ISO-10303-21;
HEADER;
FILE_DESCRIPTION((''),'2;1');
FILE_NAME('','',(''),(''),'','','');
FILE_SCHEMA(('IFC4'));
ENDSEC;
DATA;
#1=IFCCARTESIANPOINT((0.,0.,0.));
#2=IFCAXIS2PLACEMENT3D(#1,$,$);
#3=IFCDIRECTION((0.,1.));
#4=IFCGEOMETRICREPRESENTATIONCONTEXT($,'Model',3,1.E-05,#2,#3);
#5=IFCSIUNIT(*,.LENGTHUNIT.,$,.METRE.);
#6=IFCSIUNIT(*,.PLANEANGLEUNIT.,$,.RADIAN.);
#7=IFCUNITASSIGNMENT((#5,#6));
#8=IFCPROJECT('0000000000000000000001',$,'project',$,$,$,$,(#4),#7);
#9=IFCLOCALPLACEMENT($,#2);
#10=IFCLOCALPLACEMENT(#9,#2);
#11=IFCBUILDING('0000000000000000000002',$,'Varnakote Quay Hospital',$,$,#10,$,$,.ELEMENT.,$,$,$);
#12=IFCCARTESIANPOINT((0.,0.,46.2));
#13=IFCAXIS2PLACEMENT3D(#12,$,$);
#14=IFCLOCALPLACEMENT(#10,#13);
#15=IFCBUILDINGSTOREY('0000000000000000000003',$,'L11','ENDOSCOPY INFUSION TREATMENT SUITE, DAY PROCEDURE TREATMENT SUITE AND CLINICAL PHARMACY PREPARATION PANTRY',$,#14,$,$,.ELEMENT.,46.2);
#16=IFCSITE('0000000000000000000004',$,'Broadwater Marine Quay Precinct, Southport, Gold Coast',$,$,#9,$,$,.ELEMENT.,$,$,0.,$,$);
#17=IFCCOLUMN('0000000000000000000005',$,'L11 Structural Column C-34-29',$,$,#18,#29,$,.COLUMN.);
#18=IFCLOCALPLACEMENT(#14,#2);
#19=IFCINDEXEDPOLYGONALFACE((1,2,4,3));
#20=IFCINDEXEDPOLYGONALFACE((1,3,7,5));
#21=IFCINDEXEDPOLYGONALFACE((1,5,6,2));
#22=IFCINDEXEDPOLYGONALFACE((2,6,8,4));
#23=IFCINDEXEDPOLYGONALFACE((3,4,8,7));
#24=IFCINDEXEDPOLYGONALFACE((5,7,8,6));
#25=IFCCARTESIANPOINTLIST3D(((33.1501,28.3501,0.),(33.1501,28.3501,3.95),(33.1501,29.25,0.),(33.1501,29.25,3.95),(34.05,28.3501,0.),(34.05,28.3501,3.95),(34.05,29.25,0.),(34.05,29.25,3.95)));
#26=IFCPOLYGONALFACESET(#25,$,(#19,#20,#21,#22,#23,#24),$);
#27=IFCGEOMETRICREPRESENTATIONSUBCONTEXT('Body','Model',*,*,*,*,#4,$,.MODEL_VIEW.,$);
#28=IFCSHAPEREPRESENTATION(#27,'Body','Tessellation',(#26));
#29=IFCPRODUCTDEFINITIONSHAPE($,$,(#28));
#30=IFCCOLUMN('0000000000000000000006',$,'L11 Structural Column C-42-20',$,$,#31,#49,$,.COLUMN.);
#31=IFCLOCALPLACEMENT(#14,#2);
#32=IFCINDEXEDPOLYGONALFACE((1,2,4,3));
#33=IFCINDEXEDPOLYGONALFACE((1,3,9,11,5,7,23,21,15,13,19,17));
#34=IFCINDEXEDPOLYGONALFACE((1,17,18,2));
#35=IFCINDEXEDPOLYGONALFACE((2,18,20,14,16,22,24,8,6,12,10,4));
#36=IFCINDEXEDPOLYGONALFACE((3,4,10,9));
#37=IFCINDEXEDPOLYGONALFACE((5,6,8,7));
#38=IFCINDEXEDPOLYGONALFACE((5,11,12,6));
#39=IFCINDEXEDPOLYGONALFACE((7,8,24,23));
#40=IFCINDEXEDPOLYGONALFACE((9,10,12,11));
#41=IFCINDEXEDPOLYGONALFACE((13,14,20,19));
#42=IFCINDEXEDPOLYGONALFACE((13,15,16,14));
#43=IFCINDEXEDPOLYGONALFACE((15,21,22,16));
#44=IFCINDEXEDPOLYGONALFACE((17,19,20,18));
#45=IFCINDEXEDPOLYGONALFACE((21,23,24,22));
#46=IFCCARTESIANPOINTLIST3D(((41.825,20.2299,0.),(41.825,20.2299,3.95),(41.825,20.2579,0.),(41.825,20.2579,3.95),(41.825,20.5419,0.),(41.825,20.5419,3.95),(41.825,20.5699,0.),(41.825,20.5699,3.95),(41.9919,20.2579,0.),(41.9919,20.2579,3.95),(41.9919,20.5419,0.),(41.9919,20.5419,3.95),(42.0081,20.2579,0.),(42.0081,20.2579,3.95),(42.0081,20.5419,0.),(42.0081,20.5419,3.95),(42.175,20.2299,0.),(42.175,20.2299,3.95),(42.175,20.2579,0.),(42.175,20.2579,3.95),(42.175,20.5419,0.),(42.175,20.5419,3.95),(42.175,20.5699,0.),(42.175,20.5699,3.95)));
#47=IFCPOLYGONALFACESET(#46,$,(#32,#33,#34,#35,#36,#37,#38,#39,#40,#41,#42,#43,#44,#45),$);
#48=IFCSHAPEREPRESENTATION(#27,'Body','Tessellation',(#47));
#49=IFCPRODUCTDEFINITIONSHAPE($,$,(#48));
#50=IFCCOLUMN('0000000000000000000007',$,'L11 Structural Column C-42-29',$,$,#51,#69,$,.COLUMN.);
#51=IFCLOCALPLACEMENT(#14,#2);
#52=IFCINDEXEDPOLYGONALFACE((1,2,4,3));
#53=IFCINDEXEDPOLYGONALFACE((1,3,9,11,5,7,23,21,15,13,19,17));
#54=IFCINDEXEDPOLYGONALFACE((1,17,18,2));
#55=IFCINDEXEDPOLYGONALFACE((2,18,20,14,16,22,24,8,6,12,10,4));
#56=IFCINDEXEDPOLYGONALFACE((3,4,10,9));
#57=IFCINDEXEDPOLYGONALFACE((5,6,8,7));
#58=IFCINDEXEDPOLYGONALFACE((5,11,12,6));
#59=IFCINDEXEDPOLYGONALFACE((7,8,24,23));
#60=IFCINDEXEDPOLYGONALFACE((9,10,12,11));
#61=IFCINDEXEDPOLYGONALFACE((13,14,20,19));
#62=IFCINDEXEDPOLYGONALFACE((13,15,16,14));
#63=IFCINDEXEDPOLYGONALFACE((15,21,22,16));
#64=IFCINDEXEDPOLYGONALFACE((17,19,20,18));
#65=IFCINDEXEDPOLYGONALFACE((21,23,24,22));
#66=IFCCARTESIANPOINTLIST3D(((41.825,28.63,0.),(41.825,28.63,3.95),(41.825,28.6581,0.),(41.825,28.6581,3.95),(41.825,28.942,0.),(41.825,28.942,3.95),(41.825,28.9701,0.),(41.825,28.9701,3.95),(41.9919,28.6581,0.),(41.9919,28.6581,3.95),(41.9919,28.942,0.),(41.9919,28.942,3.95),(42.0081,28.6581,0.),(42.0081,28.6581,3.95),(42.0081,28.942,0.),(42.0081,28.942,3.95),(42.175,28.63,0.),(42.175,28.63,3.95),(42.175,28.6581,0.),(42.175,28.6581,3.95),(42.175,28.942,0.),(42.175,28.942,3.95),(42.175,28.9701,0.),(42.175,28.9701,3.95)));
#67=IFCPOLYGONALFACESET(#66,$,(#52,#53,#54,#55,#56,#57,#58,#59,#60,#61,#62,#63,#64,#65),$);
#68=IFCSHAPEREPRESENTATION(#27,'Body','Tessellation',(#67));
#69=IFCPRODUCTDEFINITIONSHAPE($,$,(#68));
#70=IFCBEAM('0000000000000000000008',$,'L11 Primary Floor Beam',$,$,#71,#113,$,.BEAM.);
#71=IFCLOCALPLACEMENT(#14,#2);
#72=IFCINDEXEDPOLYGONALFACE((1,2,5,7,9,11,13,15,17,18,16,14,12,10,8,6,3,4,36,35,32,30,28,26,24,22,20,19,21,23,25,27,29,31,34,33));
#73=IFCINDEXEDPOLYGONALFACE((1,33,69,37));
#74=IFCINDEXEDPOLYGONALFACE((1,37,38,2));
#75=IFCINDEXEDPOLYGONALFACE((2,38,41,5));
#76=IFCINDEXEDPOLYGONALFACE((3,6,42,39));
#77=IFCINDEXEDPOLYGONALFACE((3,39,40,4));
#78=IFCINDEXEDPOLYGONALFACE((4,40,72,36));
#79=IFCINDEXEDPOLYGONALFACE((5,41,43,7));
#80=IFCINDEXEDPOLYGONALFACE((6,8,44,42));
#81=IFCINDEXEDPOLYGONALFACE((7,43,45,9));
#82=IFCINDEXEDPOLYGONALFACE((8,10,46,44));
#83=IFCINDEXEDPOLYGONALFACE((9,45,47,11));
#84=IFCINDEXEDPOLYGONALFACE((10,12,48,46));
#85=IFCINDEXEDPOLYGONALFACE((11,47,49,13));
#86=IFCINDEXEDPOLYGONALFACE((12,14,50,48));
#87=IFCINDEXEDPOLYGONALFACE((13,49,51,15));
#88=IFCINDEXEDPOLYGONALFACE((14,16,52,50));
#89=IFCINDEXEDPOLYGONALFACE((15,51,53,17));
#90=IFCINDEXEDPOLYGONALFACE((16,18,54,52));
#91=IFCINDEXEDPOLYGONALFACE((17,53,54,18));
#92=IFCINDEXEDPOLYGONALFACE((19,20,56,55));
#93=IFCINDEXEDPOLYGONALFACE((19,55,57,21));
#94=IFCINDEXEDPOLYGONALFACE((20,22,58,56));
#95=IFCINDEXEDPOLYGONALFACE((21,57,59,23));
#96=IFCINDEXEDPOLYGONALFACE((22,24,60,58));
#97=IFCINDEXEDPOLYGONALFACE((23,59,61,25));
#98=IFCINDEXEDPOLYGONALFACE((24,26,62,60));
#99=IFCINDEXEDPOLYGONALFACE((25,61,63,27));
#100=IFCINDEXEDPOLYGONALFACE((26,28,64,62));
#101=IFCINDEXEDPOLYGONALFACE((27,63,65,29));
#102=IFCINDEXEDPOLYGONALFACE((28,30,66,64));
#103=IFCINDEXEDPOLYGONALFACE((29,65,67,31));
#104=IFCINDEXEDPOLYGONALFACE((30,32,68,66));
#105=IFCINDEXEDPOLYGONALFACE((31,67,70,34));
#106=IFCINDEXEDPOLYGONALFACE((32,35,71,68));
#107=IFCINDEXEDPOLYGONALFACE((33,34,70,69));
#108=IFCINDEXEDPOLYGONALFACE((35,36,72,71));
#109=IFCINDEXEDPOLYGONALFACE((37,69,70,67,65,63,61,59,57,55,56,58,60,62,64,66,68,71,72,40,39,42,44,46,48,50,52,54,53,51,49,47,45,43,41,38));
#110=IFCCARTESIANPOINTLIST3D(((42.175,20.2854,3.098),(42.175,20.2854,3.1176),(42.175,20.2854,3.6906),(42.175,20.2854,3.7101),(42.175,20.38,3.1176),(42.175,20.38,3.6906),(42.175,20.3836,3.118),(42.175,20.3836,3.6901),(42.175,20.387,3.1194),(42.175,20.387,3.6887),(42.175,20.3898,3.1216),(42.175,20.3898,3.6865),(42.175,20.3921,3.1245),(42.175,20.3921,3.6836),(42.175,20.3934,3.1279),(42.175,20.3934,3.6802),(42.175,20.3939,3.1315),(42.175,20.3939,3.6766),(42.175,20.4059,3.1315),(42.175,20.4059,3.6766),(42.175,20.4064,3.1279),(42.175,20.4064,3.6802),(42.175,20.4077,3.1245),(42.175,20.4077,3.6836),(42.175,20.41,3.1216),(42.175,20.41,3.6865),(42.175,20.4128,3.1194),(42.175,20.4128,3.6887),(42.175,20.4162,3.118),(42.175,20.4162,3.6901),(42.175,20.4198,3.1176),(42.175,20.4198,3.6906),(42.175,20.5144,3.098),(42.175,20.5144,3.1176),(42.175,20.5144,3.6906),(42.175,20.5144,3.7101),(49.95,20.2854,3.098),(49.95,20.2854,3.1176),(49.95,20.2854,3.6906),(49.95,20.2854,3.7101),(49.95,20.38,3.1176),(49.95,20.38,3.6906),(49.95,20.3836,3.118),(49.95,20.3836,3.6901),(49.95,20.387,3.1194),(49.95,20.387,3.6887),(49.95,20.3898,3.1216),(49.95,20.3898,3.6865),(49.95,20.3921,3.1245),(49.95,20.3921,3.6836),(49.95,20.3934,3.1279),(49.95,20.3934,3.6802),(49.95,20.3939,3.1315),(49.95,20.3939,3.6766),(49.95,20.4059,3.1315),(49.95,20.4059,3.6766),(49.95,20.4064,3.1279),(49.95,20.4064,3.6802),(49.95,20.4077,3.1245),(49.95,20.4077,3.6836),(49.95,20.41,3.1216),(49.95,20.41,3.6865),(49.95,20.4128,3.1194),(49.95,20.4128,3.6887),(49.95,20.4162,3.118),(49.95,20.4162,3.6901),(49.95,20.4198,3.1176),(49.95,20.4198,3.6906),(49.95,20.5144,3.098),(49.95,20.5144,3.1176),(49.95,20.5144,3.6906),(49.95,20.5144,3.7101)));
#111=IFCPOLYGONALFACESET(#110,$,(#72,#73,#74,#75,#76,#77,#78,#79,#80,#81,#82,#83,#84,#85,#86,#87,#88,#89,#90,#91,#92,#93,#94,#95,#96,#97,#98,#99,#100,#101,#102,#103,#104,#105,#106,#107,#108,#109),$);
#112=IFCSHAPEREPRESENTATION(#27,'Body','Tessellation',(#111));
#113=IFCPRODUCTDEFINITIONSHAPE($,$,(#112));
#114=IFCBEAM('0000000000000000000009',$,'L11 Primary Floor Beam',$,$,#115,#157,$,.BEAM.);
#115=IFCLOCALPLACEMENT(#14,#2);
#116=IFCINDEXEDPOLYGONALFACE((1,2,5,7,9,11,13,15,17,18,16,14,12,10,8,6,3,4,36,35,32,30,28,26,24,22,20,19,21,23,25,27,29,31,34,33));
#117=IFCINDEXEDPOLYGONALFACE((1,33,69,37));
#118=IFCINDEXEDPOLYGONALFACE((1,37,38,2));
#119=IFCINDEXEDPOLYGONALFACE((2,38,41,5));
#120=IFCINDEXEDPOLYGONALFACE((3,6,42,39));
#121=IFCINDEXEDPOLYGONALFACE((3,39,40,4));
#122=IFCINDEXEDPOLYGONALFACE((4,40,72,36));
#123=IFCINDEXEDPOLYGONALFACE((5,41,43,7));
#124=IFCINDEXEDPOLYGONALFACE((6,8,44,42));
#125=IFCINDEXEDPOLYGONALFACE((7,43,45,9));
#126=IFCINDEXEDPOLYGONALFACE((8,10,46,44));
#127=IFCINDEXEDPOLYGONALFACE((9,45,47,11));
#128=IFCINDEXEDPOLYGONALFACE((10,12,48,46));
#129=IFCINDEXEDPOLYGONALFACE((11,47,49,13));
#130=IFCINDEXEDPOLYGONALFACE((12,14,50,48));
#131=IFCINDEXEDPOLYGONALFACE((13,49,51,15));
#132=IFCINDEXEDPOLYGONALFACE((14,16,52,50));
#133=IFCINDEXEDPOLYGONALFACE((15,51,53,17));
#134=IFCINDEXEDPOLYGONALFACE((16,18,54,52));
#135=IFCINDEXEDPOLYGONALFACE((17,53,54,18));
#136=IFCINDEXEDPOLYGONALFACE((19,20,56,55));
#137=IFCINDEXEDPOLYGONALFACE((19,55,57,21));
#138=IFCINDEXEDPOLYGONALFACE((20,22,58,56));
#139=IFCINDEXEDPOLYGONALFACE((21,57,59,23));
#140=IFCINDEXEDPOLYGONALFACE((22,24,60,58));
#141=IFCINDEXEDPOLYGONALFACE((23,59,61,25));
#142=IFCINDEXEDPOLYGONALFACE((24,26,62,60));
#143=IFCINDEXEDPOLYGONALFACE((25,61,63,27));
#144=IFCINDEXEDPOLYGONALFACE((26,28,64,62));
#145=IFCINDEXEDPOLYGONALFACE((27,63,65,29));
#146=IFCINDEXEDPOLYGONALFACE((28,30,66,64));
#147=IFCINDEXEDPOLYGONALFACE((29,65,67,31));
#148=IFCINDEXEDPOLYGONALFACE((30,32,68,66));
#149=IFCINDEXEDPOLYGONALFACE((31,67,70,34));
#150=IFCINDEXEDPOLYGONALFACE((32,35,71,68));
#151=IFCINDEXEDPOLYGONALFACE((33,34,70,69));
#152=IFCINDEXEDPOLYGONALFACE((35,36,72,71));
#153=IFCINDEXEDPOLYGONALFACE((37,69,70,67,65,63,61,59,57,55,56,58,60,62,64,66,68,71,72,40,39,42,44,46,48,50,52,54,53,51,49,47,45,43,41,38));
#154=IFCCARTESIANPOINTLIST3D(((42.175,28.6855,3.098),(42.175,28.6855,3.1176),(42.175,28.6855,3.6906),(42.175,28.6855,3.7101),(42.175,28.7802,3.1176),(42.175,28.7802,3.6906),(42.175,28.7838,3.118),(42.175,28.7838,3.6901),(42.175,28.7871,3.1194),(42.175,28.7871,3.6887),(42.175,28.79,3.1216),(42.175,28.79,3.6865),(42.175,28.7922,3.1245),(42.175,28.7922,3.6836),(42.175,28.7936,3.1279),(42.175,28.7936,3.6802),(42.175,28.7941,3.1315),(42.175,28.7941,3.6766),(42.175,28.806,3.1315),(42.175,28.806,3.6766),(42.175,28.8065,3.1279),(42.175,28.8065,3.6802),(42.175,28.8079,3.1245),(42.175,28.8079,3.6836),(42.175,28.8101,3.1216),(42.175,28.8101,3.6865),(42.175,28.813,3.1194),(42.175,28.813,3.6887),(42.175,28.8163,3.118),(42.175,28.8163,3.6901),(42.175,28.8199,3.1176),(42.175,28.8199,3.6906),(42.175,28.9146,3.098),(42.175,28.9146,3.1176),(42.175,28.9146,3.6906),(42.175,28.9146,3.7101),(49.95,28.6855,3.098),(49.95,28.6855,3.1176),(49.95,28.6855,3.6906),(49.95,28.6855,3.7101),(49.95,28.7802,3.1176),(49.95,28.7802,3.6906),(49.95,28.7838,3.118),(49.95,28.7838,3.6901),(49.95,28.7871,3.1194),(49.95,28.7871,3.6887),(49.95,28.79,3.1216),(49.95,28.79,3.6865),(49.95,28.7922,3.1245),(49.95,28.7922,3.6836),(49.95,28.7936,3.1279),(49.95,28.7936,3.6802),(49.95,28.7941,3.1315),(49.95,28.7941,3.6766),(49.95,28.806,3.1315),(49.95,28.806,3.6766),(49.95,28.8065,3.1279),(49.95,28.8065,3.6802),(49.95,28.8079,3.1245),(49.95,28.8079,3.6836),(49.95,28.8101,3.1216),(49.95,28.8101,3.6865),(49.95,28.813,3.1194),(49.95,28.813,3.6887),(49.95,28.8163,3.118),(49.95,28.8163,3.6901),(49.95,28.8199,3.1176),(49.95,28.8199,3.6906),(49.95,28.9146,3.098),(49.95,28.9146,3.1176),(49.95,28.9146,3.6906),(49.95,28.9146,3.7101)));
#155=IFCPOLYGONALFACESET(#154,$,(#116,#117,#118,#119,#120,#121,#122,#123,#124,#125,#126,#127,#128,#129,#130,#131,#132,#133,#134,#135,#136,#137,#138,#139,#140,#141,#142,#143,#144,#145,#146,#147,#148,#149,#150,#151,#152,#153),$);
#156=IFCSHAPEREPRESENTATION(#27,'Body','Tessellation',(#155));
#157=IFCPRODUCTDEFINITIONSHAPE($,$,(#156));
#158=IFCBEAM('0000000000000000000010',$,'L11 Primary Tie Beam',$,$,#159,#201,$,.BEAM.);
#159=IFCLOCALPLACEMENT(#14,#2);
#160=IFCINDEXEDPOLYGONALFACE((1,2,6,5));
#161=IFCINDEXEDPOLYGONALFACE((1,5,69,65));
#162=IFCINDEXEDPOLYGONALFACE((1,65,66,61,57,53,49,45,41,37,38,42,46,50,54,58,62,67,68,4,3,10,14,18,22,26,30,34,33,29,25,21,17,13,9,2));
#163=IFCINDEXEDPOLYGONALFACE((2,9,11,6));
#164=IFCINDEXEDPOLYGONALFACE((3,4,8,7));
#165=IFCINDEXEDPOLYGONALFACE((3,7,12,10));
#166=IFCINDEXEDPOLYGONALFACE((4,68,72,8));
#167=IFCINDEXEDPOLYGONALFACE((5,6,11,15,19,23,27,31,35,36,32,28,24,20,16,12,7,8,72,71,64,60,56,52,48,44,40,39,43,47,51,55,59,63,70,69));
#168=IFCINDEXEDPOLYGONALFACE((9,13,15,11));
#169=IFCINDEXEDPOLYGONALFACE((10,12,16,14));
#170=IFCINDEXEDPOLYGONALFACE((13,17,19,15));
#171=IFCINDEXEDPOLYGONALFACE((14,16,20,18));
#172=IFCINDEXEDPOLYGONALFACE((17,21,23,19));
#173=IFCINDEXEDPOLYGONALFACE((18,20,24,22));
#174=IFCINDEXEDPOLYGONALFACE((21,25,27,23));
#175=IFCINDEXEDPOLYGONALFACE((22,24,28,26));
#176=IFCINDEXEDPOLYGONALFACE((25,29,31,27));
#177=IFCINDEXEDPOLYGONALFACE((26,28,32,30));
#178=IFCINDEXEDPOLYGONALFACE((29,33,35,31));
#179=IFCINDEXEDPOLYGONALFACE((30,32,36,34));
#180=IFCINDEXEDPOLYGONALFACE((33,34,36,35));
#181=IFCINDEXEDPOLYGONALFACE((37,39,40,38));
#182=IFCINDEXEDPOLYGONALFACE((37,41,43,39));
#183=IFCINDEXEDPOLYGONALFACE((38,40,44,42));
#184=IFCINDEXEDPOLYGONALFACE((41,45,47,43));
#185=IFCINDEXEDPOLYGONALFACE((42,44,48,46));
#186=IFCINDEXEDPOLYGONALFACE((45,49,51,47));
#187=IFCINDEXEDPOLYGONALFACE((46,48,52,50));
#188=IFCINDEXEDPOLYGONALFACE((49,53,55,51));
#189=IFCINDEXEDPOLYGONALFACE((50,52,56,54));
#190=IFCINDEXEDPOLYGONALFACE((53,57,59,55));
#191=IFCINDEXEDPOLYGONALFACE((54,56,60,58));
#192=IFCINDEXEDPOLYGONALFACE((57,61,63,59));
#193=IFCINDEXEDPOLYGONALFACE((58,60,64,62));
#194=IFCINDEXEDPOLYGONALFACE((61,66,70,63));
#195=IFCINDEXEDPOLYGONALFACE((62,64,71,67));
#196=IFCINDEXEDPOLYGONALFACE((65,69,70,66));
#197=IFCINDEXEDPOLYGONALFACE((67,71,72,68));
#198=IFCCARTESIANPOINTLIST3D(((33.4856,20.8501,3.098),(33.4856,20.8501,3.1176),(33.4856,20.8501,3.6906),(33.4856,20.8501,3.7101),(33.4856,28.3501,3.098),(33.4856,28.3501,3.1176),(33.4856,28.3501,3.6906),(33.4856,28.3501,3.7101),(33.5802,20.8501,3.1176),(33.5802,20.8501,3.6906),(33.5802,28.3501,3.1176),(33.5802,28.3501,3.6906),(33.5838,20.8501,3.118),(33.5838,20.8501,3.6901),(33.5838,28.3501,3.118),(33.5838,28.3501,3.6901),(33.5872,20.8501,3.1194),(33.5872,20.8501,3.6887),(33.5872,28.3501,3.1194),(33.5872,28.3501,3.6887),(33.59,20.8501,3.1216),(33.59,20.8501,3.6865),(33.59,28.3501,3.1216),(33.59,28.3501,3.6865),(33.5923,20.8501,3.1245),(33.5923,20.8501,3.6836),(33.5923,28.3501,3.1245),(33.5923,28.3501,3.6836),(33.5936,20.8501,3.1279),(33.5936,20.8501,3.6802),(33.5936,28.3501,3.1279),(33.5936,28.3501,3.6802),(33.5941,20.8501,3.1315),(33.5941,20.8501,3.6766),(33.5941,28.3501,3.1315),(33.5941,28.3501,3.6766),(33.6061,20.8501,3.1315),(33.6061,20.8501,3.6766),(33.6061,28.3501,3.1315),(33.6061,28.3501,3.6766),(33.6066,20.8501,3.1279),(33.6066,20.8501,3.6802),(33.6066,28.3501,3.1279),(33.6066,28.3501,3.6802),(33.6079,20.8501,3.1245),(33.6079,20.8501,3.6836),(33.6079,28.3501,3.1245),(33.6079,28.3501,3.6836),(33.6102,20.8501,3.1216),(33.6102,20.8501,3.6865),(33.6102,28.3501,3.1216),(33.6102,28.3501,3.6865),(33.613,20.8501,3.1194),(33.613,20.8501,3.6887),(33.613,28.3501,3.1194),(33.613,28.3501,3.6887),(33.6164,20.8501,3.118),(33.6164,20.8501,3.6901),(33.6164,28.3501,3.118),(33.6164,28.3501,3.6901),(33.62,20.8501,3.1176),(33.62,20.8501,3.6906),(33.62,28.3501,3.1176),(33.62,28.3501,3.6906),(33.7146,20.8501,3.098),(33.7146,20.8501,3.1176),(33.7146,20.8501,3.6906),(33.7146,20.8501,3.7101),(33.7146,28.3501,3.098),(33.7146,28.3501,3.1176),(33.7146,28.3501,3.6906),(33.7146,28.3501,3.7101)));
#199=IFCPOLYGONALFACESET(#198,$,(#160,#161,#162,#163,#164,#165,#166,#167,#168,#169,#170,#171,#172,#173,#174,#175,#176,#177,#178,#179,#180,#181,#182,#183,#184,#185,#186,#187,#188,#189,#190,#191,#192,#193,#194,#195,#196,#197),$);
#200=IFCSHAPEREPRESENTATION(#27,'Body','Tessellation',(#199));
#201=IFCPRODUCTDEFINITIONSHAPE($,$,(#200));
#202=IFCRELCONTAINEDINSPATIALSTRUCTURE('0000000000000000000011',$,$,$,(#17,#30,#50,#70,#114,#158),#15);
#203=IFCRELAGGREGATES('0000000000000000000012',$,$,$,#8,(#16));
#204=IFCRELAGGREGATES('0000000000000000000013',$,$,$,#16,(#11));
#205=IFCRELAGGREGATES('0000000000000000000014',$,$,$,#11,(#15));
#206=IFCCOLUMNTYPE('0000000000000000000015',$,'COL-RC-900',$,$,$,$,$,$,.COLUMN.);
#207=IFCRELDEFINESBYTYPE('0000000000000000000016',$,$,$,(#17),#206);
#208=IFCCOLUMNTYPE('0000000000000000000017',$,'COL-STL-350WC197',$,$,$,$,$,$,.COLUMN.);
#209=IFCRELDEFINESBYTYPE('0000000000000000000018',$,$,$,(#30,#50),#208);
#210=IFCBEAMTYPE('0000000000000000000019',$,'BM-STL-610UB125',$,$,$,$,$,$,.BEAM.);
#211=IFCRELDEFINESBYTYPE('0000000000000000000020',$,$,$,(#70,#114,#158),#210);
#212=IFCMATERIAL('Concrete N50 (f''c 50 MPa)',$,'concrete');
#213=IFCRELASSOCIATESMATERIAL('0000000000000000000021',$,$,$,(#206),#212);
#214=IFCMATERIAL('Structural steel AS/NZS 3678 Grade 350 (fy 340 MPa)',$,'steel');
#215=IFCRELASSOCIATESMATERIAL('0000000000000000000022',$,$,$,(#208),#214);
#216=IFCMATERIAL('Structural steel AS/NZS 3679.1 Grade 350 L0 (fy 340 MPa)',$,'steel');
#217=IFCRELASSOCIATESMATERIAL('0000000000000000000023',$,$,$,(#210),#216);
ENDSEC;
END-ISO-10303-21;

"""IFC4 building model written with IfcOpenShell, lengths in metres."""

from ifc_helpers import new_model, si_unit, direction, frame, origin, origin_2d, place, context, subcontext, project, spatial, rectangle, i_section, extrude, material, material_profile, profile_set, type_object, element, save


model = new_model("IFC4")

# Units and contexts
model_context = context("Model", 3, precision=1e-05, world=origin(), true_north=direction((0.0, 1.0)))
body_context = subcontext(model_context, "Body", "Model", "MODEL_VIEW")
ifc_project = project(units=[si_unit("LENGTHUNIT", "METRE"), si_unit("PLANEANGLEUNIT", "RADIAN")], contexts=[model_context])

# Site, building, storey
site_placement = place(None, origin())
site = spatial("IfcSite", under=ifc_project, at=site_placement, Name="Broadwater Marine Quay Precinct, Southport, Gold Coast", CompositionType="ELEMENT", RefElevation=0.0)
building_placement = place(site_placement, origin())
building = spatial("IfcBuilding", under=site, at=building_placement, Name="Varnakote Quay Hospital", CompositionType="ELEMENT")
storey_placement = place(building_placement, frame((0.0, 0.0, 46.2)))
storey = spatial("IfcBuildingStorey", under=building, at=storey_placement, Name="L11", Description="ENDOSCOPY INFUSION TREATMENT SUITE, DAY PROCEDURE TREATMENT SUITE AND CLINICAL PHARMACY PREPARATION PANTRY", CompositionType="ELEMENT", Elevation=46.2)

# Columns
ifc_material_1 = material(Name="Concrete N50 (f'c 50 MPa)", Category="concrete")
ifc_material_profile_1 = material_profile(ifc_material_1, rectangle(XDim=0.8999, YDim=0.8999, at=origin_2d()), Name="RC-COL-900x900")
ifc_profile_set_1 = profile_set([ifc_material_profile_1], Name="Concrete N50 (f'c 50 MPa)")
column_type_1 = type_object("IfcColumnType", Name="COL-RC-900", PredefinedType="COLUMN", material=ifc_profile_set_1)
column_placement = place(storey_placement, frame((33.6001, 28.8, 0.0), z_axis=(0.0, 0.0, 1.0), x_axis=(1.0, 0.0, 0.0)))
element("IfcColumn", 1, at=column_placement, inside=storey, type_object=column_type_1, Name="L11 Structural Column C-34-29", PredefinedType="COLUMN", context=body_context, shape_type="SweptSolid", body=[
    extrude(rectangle(XDim=0.8999, YDim=0.8999, at=origin_2d()), origin(), (0.0, 0.0, 1.0), 3.95),
])
ifc_material_2 = material(Name="Structural steel AS/NZS 3678 Grade 350 (fy 340 MPa)", Category="steel")
ifc_material_profile_2 = material_profile(ifc_material_2, i_section(OverallWidth=0.3501, OverallDepth=0.3401, WebThickness=0.0161, FlangeThickness=0.0281, at=origin_2d()), Name="350WC197")
ifc_profile_set_2 = profile_set([ifc_material_profile_2], Name="Structural steel AS/NZS 3678 Grade 350 (fy 340 MPa)")
column_type_2 = type_object("IfcColumnType", Name="COL-STL-350WC197", PredefinedType="COLUMN", material=ifc_profile_set_2)
for number, where, z_axis, x_axis, name in (
    (2, (42.0, 20.3999, 0.0), (0.0, 0.0, 1.0), (1.0, 0.0, 0.0), "L11 Structural Column C-42-20"),
    (3, (42.0, 28.8, 0.0), (0.0, 0.0, 1.0), (1.0, 0.0, 0.0), "L11 Structural Column C-42-29"),
):
    element("IfcColumn", number, at=place(storey_placement, frame(where, z_axis=z_axis, x_axis=x_axis)), inside=storey, type_object=column_type_2, Name=name, PredefinedType="COLUMN", context=body_context, shape_type="SweptSolid", body=[
        extrude(i_section(OverallWidth=0.3501, OverallDepth=0.3401, WebThickness=0.0161, FlangeThickness=0.0281, at=origin_2d()), origin(), (0.0, 0.0, 1.0), 3.95),
    ])

# Beams
ifc_material_3 = material(Name="Structural steel AS/NZS 3679.1 Grade 350 L0 (fy 340 MPa)", Category="steel")
ifc_material_profile_3 = material_profile(ifc_material_3, i_section(OverallWidth=0.229, OverallDepth=0.6121, WebThickness=0.012, FlangeThickness=0.0195, FilletRadius=0.0139, at=origin_2d()), Name="610UB125")
ifc_profile_set_3 = profile_set([ifc_material_profile_3], Name="Structural steel AS/NZS 3679.1 Grade 350 L0 (fy 340 MPa)")
beam_type_1 = type_object("IfcBeamType", Name="BM-STL-610UB125", PredefinedType="BEAM", material=ifc_profile_set_3)
for number, where, z_axis, x_axis, name in (
    (4, (42.175, 20.3999, 3.4041), (1.0, 0.0, 0.0), (0.0, 1.0, 0.0), "L11 Primary Floor Beam"),
    (5, (42.175, 28.8, 3.4041), (1.0, 0.0, 0.0), (0.0, 1.0, 0.0), "L11 Primary Floor Beam"),
):
    element("IfcBeam", number, at=place(storey_placement, frame(where, z_axis=z_axis, x_axis=x_axis)), inside=storey, type_object=beam_type_1, Name=name, PredefinedType="BEAM", context=body_context, shape_type="SweptSolid", body=[
        extrude(i_section(OverallWidth=0.229, OverallDepth=0.6121, WebThickness=0.012, FlangeThickness=0.0195, FilletRadius=0.0139, at=origin_2d()), origin(), (0.0, 0.0, 1.0), 7.7749),
    ])
beam_1_placement = place(storey_placement, frame((33.6001, 20.8501, 3.4041), z_axis=(0.0, 1.0, 0.0), x_axis=(-1.0, 0.0, 0.0)))
element("IfcBeam", 6, at=beam_1_placement, inside=storey, type_object=beam_type_1, Name="L11 Primary Tie Beam", PredefinedType="BEAM", context=body_context, shape_type="SweptSolid", body=[
    extrude(i_section(OverallWidth=0.229, OverallDepth=0.6121, WebThickness=0.012, FlangeThickness=0.0195, FilletRadius=0.0139, at=origin_2d()), origin(), (0.0, 0.0, 1.0), 7.5),
])

save(model, "model.ifc")
